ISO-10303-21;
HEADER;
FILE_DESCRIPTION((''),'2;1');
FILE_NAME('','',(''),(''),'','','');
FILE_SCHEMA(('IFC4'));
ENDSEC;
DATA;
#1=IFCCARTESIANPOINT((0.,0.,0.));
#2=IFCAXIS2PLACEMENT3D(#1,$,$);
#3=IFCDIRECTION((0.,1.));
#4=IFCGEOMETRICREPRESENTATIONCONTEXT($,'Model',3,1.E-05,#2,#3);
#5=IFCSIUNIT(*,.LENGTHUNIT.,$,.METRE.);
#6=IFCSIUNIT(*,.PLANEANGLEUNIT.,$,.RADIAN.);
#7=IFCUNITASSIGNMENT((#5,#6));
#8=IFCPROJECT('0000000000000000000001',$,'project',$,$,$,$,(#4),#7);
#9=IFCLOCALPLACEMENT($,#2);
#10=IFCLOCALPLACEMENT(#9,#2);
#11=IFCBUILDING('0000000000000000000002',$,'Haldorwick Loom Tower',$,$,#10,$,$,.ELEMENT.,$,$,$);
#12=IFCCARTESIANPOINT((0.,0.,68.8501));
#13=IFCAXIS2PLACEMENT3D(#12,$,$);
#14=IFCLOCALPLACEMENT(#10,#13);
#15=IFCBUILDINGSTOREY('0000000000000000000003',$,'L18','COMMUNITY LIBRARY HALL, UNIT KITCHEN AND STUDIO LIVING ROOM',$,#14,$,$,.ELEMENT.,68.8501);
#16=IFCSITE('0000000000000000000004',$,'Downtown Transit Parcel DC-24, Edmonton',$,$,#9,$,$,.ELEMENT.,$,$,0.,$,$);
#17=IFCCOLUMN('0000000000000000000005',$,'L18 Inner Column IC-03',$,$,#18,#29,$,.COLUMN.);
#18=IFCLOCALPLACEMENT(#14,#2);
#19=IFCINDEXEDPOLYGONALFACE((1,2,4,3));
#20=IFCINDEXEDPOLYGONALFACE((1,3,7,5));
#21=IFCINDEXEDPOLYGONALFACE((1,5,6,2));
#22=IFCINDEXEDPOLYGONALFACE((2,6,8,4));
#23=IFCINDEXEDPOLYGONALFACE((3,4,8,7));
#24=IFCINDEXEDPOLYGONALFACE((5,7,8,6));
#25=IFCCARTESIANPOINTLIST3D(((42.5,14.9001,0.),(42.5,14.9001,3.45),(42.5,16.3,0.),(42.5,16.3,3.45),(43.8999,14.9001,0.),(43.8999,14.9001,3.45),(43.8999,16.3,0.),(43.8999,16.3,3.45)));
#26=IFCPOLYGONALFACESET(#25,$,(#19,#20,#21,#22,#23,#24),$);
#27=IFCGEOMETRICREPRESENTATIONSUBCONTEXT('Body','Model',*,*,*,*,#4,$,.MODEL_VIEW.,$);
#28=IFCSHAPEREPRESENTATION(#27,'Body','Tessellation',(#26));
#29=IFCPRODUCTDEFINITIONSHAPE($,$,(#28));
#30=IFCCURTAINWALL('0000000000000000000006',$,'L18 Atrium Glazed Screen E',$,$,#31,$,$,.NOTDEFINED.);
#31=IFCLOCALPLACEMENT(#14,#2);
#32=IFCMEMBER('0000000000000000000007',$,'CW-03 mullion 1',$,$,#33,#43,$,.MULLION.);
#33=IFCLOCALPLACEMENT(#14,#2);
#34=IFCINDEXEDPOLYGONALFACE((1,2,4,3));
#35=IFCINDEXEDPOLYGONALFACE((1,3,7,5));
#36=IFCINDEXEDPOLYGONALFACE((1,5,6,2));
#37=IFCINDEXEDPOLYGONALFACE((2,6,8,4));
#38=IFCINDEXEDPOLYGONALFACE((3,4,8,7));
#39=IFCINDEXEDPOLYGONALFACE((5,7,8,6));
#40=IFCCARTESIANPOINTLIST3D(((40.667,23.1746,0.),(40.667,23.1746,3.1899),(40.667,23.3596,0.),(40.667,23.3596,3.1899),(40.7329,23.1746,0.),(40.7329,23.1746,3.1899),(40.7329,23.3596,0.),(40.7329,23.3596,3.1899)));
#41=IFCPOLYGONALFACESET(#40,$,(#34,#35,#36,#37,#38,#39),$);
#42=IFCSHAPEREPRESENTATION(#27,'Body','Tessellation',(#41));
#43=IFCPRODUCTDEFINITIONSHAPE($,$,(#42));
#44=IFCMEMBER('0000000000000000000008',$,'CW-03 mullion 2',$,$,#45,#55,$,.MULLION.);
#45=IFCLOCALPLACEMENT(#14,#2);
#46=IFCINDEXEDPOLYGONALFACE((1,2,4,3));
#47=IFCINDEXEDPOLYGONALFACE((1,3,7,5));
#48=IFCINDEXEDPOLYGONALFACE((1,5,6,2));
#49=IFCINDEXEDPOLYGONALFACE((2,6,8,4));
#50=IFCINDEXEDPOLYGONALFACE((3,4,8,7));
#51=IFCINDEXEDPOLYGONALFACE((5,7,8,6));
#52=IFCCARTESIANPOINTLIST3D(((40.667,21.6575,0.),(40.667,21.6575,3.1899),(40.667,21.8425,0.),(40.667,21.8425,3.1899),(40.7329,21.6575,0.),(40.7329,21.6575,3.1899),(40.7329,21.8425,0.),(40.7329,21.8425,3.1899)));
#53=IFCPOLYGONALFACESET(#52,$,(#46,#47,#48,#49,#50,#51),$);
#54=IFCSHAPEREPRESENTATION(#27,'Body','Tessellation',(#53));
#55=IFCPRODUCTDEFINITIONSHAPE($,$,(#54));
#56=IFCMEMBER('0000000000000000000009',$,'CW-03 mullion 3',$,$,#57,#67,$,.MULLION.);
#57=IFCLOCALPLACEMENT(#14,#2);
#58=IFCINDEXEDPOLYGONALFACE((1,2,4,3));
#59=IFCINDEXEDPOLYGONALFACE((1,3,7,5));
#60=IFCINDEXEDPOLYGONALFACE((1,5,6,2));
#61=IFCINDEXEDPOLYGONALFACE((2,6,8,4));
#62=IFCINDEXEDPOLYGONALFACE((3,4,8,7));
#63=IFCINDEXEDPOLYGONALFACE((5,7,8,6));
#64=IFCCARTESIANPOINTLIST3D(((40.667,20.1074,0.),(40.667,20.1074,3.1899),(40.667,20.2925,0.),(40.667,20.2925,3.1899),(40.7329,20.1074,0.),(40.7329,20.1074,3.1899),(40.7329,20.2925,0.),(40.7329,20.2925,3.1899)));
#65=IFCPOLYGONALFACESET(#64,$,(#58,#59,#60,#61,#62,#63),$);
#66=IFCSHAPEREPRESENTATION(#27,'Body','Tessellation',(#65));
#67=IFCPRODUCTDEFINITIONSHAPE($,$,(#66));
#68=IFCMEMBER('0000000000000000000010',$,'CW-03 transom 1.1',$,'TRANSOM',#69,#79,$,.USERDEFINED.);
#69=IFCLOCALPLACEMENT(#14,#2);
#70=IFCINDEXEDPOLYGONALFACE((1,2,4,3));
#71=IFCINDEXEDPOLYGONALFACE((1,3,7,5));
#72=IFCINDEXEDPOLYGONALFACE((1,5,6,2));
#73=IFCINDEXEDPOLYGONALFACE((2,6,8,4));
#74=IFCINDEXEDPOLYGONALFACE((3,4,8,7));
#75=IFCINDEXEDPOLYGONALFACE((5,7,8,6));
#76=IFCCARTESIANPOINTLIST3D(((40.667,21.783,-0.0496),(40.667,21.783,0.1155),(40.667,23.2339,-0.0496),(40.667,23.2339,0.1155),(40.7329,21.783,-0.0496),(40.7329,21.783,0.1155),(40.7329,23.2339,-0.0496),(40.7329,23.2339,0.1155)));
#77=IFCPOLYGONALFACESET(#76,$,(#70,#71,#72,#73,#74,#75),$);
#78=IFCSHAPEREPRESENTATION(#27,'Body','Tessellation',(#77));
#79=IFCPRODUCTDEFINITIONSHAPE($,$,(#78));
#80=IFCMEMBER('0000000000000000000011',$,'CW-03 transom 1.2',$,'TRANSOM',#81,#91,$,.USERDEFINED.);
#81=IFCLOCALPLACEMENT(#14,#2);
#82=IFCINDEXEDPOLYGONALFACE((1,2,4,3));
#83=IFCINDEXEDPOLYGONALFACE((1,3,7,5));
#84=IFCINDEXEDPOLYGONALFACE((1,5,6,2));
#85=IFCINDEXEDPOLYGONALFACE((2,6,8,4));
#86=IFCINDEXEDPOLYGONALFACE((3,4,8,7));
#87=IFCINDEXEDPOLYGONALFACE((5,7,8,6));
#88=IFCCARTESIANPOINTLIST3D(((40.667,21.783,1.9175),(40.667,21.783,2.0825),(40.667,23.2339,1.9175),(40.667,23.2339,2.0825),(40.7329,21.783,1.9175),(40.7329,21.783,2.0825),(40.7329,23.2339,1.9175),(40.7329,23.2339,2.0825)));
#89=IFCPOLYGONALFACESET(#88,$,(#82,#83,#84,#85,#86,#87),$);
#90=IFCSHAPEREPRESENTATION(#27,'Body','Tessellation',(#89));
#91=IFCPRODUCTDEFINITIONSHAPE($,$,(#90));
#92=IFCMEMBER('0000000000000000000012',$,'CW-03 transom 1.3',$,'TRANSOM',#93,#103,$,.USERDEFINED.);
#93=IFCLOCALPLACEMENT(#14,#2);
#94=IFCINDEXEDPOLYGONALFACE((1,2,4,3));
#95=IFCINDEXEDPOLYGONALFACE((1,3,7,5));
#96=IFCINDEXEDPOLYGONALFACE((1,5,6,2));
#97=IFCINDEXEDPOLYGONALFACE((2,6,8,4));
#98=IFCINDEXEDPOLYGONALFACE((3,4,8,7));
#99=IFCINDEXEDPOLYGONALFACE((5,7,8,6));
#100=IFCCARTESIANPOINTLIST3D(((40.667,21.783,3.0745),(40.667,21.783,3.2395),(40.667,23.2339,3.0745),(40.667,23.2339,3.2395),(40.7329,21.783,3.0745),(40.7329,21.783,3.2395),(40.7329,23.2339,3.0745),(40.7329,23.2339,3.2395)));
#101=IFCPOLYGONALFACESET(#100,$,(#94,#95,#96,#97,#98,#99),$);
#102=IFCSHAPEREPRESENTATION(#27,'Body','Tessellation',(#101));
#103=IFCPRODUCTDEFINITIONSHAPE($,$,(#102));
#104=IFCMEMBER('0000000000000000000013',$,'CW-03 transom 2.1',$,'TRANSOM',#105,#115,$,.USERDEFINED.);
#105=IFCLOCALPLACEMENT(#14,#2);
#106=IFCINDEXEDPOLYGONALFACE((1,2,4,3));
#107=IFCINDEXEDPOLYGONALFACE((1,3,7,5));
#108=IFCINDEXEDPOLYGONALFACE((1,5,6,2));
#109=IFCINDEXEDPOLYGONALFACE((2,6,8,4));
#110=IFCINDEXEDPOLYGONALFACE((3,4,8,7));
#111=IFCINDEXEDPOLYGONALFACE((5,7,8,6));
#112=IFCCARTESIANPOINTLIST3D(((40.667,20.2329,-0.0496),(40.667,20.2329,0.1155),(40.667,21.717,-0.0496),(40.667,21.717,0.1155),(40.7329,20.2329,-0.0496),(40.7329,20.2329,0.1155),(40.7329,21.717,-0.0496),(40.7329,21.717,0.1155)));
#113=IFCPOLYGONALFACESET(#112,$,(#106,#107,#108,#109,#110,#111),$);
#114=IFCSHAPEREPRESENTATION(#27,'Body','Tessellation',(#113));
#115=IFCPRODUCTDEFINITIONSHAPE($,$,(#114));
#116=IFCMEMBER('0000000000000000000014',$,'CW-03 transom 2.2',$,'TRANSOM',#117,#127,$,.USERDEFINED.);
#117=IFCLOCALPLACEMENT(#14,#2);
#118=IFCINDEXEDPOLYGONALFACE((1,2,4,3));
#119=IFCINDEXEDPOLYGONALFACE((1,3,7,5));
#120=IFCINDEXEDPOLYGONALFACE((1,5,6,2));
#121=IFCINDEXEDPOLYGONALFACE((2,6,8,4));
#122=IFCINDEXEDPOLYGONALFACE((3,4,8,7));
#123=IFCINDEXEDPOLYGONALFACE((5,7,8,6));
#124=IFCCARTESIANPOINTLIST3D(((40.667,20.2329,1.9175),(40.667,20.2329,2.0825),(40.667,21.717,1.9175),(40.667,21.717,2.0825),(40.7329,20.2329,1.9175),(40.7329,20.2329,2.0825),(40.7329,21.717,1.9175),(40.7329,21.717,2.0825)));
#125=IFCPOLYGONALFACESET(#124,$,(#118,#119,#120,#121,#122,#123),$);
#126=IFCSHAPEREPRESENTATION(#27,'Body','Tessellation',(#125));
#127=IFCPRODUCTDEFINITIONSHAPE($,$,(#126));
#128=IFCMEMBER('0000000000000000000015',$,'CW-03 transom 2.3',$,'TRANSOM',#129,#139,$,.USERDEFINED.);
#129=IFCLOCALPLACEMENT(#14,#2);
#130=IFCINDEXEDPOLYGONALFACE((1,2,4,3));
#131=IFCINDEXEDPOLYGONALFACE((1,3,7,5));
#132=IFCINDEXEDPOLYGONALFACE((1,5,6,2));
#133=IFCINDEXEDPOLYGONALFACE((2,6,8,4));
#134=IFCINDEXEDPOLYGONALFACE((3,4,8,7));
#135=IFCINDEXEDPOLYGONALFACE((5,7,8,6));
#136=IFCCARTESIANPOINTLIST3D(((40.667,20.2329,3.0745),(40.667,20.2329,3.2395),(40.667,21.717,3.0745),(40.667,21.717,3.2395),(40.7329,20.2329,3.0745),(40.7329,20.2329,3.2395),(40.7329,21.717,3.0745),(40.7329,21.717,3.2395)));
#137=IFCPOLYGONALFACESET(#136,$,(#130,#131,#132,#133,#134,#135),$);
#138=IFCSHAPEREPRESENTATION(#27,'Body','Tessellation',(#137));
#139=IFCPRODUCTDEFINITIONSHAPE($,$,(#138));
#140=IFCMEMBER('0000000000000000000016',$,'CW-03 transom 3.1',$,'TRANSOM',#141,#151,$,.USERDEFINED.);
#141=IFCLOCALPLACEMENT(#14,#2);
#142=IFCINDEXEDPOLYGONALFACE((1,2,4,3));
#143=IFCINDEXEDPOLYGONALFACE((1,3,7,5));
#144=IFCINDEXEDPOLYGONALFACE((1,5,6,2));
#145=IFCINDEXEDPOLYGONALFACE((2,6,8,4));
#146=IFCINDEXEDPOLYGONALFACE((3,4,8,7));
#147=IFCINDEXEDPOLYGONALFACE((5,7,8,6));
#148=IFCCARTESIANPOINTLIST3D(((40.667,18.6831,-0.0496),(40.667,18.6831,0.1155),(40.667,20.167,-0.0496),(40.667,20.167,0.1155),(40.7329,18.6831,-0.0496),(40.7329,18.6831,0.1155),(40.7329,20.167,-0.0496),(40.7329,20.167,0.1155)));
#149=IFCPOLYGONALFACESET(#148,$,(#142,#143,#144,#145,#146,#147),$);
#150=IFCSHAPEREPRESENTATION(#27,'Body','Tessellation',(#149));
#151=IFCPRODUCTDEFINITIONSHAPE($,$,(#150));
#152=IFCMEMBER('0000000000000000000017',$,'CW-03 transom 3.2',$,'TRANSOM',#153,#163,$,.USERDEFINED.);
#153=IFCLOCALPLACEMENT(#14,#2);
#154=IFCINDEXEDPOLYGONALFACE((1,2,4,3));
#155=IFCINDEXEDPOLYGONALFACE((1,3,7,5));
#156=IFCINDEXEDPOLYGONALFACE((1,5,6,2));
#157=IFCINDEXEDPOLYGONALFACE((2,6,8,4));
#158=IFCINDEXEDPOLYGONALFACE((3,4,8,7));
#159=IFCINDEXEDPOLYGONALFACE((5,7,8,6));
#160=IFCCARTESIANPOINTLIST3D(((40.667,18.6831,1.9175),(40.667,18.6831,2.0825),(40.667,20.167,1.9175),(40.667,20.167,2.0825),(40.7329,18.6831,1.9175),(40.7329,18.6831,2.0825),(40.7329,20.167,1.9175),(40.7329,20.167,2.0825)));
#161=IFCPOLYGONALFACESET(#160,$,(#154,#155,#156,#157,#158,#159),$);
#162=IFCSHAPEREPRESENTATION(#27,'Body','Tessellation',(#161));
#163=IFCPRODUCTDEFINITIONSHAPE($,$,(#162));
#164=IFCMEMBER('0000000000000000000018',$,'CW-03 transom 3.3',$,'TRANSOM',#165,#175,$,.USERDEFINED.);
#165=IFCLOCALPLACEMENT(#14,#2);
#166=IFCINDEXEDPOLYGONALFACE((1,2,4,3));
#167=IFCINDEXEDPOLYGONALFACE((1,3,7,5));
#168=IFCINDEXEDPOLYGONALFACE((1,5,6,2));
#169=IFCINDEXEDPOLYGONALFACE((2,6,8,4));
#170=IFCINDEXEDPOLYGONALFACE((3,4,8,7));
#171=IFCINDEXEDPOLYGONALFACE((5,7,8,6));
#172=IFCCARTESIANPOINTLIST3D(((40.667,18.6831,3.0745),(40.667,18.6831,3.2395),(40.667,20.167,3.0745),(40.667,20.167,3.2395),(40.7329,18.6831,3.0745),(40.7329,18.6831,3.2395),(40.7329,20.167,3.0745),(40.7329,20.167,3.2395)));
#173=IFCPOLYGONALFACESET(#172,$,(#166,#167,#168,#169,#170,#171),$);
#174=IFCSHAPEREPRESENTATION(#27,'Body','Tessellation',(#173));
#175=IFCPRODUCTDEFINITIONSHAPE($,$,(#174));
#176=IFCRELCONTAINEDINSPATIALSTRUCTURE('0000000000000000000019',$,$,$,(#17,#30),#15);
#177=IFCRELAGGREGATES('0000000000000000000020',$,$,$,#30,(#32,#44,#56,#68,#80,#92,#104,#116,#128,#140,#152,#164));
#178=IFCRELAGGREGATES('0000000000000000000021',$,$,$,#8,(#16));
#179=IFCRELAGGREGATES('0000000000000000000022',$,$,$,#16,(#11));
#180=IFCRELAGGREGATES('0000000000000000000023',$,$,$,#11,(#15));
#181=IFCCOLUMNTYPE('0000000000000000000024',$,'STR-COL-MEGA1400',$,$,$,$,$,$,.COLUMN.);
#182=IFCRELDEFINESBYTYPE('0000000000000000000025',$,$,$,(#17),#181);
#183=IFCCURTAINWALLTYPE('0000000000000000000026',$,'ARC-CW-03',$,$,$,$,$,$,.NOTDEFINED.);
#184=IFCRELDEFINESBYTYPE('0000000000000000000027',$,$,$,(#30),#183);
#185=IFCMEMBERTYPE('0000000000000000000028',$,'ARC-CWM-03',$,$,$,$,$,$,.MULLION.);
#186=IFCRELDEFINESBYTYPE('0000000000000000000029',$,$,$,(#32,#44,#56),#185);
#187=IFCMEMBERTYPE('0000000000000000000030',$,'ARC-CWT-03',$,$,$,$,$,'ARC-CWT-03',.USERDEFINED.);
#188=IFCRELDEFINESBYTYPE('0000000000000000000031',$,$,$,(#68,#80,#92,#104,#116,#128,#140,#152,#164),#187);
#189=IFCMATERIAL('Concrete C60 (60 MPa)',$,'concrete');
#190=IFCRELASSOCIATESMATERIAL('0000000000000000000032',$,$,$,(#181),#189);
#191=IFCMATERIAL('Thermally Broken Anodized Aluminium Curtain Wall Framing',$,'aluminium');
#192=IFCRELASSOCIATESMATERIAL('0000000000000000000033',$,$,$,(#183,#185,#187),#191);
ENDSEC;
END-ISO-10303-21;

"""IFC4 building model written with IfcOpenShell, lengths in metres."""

from ifc_helpers import new_model, si_unit, direction, frame, origin, origin_2d, place, context, subcontext, project, spatial, rectangle, extrude, material, material_profile, profile_set, type_object, element, aggregate, save


model = new_model("IFC4")

# Units and contexts
model_context = context("Model", 3, precision=1e-05, world=origin(), true_north=direction((0.0, 1.0)))
body_context = subcontext(model_context, "Body", "Model", "MODEL_VIEW")
ifc_project = project(units=[si_unit("LENGTHUNIT", "METRE"), si_unit("PLANEANGLEUNIT", "RADIAN")], contexts=[model_context])

# Site, building, storey
site_placement = place(None, origin())
site = spatial("IfcSite", under=ifc_project, at=site_placement, Name="Downtown Transit Parcel DC-24, Edmonton", CompositionType="ELEMENT", RefElevation=0.0)
building_placement = place(site_placement, origin())
building = spatial("IfcBuilding", under=site, at=building_placement, Name="Haldorwick Loom Tower", CompositionType="ELEMENT")
storey_placement = place(building_placement, frame((0.0, 0.0, 68.8501)))
storey = spatial("IfcBuildingStorey", under=building, at=storey_placement, Name="L18", Description="COMMUNITY LIBRARY HALL, UNIT KITCHEN AND STUDIO LIVING ROOM", CompositionType="ELEMENT", Elevation=68.8501)

# Column
ifc_material_1 = material(Name="Concrete C60 (60 MPa)", Category="concrete")
ifc_material_profile_1 = material_profile(ifc_material_1, rectangle(XDim=1.3999, YDim=1.3999, at=origin_2d()), Name="RC1400X1400", Category="concrete")
ifc_profile_set_1 = profile_set([ifc_material_profile_1], Name="Concrete C60 (60 MPa)")
column_type = type_object("IfcColumnType", Name="STR-COL-MEGA1400", PredefinedType="COLUMN", material=ifc_profile_set_1)
column_placement = place(storey_placement, frame((43.2, 15.6001, 0.0), z_axis=(0.0, 0.0, 1.0), x_axis=(1.0, 0.0, 0.0)))
element("IfcColumn", 1, at=column_placement, inside=storey, type_object=column_type, Name="L18 Inner Column IC-03", PredefinedType="COLUMN", context=body_context, shape_type="SweptSolid", body=[
    extrude(rectangle(XDim=1.3999, YDim=1.3999, at=origin_2d()), origin(), (0.0, 0.0, 1.0), 3.45),
])

# Curtain wall, members
ifc_material_2 = material(Name="Thermally Broken Anodized Aluminium Curtain Wall Framing", Category="aluminium")
curtain_wall_type = type_object("IfcCurtainWallType", Name="ARC-CW-03", PredefinedType="NOTDEFINED", material=ifc_material_2)
curtain_wall_placement = place(storey_placement, origin())
curtain_wall = element("IfcCurtainWall", 2, at=curtain_wall_placement, inside=storey, type_object=curtain_wall_type, Name="L18 Atrium Glazed Screen E", PredefinedType="NOTDEFINED")
ifc_material_profile_2 = material_profile(ifc_material_2, rectangle(XDim=0.0659, YDim=0.1851, at=origin_2d()), Name="ALU_MUL_66X185", Category="aluminium")
ifc_profile_set_2 = profile_set([ifc_material_profile_2], Name="Thermally Broken Anodized Aluminium Curtain Wall Framing")
member_type_1 = type_object("IfcMemberType", Name="ARC-CWM-03", PredefinedType="MULLION", material=ifc_profile_set_2)
member_1_placement = place(storey_placement, frame((40.7, 23.2671, 0.0), z_axis=(0.0, 0.0, 1.0), x_axis=(1.0, 0.0, 0.0)))
member_1 = element("IfcMember", 3, at=member_1_placement, type_object=member_type_1, Name="CW-03 mullion 1", PredefinedType="MULLION", context=body_context, shape_type="SweptSolid", body=[
    extrude(rectangle(XDim=0.0659, YDim=0.1851, at=origin_2d()), origin(), (0.0, 0.0, 1.0), 3.1899),
])
member_2_placement = place(storey_placement, frame((40.7, 21.75, 0.0), z_axis=(0.0, 0.0, 1.0), x_axis=(1.0, 0.0, 0.0)))
member_2 = element("IfcMember", 4, at=member_2_placement, type_object=member_type_1, Name="CW-03 mullion 2", PredefinedType="MULLION", context=body_context, shape_type="SweptSolid", body=[
    extrude(rectangle(XDim=0.0659, YDim=0.1851, at=origin_2d()), origin(), (0.0, 0.0, 1.0), 3.1899),
])
member_3_placement = place(storey_placement, frame((40.7, 20.2, 0.0), z_axis=(0.0, 0.0, 1.0), x_axis=(1.0, 0.0, 0.0)))
member_3 = element("IfcMember", 5, at=member_3_placement, type_object=member_type_1, Name="CW-03 mullion 3", PredefinedType="MULLION", context=body_context, shape_type="SweptSolid", body=[
    extrude(rectangle(XDim=0.0659, YDim=0.1851, at=origin_2d()), origin(), (0.0, 0.0, 1.0), 3.1899),
])
ifc_material_profile_3 = material_profile(ifc_material_2, rectangle(XDim=0.0659, YDim=0.165, at=origin_2d()), Name="ALU_TRN_66X165", Category="aluminium")
ifc_profile_set_3 = profile_set([ifc_material_profile_3], Name="Thermally Broken Anodized Aluminium Curtain Wall Framing")
member_type_2 = type_object("IfcMemberType", Name="ARC-CWT-03", ElementType="ARC-CWT-03", PredefinedType="USERDEFINED", material=ifc_profile_set_3)
member_4_placement = place(storey_placement, frame((40.7, 23.2339, 0.033), z_axis=(0.0, -1.0, 0.0), x_axis=(1.0, 0.0, 0.0)))
member_4 = element("IfcMember", 6, at=member_4_placement, type_object=member_type_2, Name="CW-03 transom 1.1", ObjectType="TRANSOM", PredefinedType="USERDEFINED", context=body_context, shape_type="SweptSolid", body=[
    extrude(rectangle(XDim=0.0659, YDim=0.165, at=origin_2d()), origin(), (0.0, 0.0, 1.0), 1.4509),
])
member_5_placement = place(storey_placement, frame((40.7, 23.2339, 2.0), z_axis=(0.0, -1.0, 0.0), x_axis=(1.0, 0.0, 0.0)))
member_5 = element("IfcMember", 7, at=member_5_placement, type_object=member_type_2, Name="CW-03 transom 1.2", ObjectType="TRANSOM", PredefinedType="USERDEFINED", context=body_context, shape_type="SweptSolid", body=[
    extrude(rectangle(XDim=0.0659, YDim=0.165, at=origin_2d()), origin(), (0.0, 0.0, 1.0), 1.4509),
])
member_6_placement = place(storey_placement, frame((40.7, 23.2339, 3.157), z_axis=(0.0, -1.0, 0.0), x_axis=(1.0, 0.0, 0.0)))
member_6 = element("IfcMember", 8, at=member_6_placement, type_object=member_type_2, Name="CW-03 transom 1.3", ObjectType="TRANSOM", PredefinedType="USERDEFINED", context=body_context, shape_type="SweptSolid", body=[
    extrude(rectangle(XDim=0.0659, YDim=0.165, at=origin_2d()), origin(), (0.0, 0.0, 1.0), 1.4509),
])
member_7_placement = place(storey_placement, frame((40.7, 21.717, 0.033), z_axis=(0.0, -1.0, 0.0), x_axis=(1.0, 0.0, 0.0)))
member_7 = element("IfcMember", 9, at=member_7_placement, type_object=member_type_2, Name="CW-03 transom 2.1", ObjectType="TRANSOM", PredefinedType="USERDEFINED", context=body_context, shape_type="SweptSolid", body=[
    extrude(rectangle(XDim=0.0659, YDim=0.165, at=origin_2d()), origin(), (0.0, 0.0, 1.0), 1.4841),
])
member_8_placement = place(storey_placement, frame((40.7, 21.717, 2.0), z_axis=(0.0, -1.0, 0.0), x_axis=(1.0, 0.0, 0.0)))
member_8 = element("IfcMember", 10, at=member_8_placement, type_object=member_type_2, Name="CW-03 transom 2.2", ObjectType="TRANSOM", PredefinedType="USERDEFINED", context=body_context, shape_type="SweptSolid", body=[
    extrude(rectangle(XDim=0.0659, YDim=0.165, at=origin_2d()), origin(), (0.0, 0.0, 1.0), 1.4841),
])
member_9_placement = place(storey_placement, frame((40.7, 21.717, 3.157), z_axis=(0.0, -1.0, 0.0), x_axis=(1.0, 0.0, 0.0)))
member_9 = element("IfcMember", 11, at=member_9_placement, type_object=member_type_2, Name="CW-03 transom 2.3", ObjectType="TRANSOM", PredefinedType="USERDEFINED", context=body_context, shape_type="SweptSolid", body=[
    extrude(rectangle(XDim=0.0659, YDim=0.165, at=origin_2d()), origin(), (0.0, 0.0, 1.0), 1.4841),
])
member_10_placement = place(storey_placement, frame((40.7, 20.167, 0.033), z_axis=(0.0, -1.0, 0.0), x_axis=(1.0, 0.0, 0.0)))
member_10 = element("IfcMember", 12, at=member_10_placement, type_object=member_type_2, Name="CW-03 transom 3.1", ObjectType="TRANSOM", PredefinedType="USERDEFINED", context=body_context, shape_type="SweptSolid", body=[
    extrude(rectangle(XDim=0.0659, YDim=0.165, at=origin_2d()), origin(), (0.0, 0.0, 1.0), 1.4839),
])
member_11_placement = place(storey_placement, frame((40.7, 20.167, 2.0), z_axis=(0.0, -1.0, 0.0), x_axis=(1.0, 0.0, 0.0)))
member_11 = element("IfcMember", 13, at=member_11_placement, type_object=member_type_2, Name="CW-03 transom 3.2", ObjectType="TRANSOM", PredefinedType="USERDEFINED", context=body_context, shape_type="SweptSolid", body=[
    extrude(rectangle(XDim=0.0659, YDim=0.165, at=origin_2d()), origin(), (0.0, 0.0, 1.0), 1.4839),
])
member_12_placement = place(storey_placement, frame((40.7, 20.167, 3.157), z_axis=(0.0, -1.0, 0.0), x_axis=(1.0, 0.0, 0.0)))
member_12 = element("IfcMember", 14, at=member_12_placement, type_object=member_type_2, Name="CW-03 transom 3.3", ObjectType="TRANSOM", PredefinedType="USERDEFINED", context=body_context, shape_type="SweptSolid", body=[
    extrude(rectangle(XDim=0.0659, YDim=0.165, at=origin_2d()), origin(), (0.0, 0.0, 1.0), 1.4839),
])

aggregate(curtain_wall, [member_1, member_2, member_3, member_4, member_5, member_6, member_7, member_8, member_9, member_10, member_11, member_12])

save(model, "model.ifc")
